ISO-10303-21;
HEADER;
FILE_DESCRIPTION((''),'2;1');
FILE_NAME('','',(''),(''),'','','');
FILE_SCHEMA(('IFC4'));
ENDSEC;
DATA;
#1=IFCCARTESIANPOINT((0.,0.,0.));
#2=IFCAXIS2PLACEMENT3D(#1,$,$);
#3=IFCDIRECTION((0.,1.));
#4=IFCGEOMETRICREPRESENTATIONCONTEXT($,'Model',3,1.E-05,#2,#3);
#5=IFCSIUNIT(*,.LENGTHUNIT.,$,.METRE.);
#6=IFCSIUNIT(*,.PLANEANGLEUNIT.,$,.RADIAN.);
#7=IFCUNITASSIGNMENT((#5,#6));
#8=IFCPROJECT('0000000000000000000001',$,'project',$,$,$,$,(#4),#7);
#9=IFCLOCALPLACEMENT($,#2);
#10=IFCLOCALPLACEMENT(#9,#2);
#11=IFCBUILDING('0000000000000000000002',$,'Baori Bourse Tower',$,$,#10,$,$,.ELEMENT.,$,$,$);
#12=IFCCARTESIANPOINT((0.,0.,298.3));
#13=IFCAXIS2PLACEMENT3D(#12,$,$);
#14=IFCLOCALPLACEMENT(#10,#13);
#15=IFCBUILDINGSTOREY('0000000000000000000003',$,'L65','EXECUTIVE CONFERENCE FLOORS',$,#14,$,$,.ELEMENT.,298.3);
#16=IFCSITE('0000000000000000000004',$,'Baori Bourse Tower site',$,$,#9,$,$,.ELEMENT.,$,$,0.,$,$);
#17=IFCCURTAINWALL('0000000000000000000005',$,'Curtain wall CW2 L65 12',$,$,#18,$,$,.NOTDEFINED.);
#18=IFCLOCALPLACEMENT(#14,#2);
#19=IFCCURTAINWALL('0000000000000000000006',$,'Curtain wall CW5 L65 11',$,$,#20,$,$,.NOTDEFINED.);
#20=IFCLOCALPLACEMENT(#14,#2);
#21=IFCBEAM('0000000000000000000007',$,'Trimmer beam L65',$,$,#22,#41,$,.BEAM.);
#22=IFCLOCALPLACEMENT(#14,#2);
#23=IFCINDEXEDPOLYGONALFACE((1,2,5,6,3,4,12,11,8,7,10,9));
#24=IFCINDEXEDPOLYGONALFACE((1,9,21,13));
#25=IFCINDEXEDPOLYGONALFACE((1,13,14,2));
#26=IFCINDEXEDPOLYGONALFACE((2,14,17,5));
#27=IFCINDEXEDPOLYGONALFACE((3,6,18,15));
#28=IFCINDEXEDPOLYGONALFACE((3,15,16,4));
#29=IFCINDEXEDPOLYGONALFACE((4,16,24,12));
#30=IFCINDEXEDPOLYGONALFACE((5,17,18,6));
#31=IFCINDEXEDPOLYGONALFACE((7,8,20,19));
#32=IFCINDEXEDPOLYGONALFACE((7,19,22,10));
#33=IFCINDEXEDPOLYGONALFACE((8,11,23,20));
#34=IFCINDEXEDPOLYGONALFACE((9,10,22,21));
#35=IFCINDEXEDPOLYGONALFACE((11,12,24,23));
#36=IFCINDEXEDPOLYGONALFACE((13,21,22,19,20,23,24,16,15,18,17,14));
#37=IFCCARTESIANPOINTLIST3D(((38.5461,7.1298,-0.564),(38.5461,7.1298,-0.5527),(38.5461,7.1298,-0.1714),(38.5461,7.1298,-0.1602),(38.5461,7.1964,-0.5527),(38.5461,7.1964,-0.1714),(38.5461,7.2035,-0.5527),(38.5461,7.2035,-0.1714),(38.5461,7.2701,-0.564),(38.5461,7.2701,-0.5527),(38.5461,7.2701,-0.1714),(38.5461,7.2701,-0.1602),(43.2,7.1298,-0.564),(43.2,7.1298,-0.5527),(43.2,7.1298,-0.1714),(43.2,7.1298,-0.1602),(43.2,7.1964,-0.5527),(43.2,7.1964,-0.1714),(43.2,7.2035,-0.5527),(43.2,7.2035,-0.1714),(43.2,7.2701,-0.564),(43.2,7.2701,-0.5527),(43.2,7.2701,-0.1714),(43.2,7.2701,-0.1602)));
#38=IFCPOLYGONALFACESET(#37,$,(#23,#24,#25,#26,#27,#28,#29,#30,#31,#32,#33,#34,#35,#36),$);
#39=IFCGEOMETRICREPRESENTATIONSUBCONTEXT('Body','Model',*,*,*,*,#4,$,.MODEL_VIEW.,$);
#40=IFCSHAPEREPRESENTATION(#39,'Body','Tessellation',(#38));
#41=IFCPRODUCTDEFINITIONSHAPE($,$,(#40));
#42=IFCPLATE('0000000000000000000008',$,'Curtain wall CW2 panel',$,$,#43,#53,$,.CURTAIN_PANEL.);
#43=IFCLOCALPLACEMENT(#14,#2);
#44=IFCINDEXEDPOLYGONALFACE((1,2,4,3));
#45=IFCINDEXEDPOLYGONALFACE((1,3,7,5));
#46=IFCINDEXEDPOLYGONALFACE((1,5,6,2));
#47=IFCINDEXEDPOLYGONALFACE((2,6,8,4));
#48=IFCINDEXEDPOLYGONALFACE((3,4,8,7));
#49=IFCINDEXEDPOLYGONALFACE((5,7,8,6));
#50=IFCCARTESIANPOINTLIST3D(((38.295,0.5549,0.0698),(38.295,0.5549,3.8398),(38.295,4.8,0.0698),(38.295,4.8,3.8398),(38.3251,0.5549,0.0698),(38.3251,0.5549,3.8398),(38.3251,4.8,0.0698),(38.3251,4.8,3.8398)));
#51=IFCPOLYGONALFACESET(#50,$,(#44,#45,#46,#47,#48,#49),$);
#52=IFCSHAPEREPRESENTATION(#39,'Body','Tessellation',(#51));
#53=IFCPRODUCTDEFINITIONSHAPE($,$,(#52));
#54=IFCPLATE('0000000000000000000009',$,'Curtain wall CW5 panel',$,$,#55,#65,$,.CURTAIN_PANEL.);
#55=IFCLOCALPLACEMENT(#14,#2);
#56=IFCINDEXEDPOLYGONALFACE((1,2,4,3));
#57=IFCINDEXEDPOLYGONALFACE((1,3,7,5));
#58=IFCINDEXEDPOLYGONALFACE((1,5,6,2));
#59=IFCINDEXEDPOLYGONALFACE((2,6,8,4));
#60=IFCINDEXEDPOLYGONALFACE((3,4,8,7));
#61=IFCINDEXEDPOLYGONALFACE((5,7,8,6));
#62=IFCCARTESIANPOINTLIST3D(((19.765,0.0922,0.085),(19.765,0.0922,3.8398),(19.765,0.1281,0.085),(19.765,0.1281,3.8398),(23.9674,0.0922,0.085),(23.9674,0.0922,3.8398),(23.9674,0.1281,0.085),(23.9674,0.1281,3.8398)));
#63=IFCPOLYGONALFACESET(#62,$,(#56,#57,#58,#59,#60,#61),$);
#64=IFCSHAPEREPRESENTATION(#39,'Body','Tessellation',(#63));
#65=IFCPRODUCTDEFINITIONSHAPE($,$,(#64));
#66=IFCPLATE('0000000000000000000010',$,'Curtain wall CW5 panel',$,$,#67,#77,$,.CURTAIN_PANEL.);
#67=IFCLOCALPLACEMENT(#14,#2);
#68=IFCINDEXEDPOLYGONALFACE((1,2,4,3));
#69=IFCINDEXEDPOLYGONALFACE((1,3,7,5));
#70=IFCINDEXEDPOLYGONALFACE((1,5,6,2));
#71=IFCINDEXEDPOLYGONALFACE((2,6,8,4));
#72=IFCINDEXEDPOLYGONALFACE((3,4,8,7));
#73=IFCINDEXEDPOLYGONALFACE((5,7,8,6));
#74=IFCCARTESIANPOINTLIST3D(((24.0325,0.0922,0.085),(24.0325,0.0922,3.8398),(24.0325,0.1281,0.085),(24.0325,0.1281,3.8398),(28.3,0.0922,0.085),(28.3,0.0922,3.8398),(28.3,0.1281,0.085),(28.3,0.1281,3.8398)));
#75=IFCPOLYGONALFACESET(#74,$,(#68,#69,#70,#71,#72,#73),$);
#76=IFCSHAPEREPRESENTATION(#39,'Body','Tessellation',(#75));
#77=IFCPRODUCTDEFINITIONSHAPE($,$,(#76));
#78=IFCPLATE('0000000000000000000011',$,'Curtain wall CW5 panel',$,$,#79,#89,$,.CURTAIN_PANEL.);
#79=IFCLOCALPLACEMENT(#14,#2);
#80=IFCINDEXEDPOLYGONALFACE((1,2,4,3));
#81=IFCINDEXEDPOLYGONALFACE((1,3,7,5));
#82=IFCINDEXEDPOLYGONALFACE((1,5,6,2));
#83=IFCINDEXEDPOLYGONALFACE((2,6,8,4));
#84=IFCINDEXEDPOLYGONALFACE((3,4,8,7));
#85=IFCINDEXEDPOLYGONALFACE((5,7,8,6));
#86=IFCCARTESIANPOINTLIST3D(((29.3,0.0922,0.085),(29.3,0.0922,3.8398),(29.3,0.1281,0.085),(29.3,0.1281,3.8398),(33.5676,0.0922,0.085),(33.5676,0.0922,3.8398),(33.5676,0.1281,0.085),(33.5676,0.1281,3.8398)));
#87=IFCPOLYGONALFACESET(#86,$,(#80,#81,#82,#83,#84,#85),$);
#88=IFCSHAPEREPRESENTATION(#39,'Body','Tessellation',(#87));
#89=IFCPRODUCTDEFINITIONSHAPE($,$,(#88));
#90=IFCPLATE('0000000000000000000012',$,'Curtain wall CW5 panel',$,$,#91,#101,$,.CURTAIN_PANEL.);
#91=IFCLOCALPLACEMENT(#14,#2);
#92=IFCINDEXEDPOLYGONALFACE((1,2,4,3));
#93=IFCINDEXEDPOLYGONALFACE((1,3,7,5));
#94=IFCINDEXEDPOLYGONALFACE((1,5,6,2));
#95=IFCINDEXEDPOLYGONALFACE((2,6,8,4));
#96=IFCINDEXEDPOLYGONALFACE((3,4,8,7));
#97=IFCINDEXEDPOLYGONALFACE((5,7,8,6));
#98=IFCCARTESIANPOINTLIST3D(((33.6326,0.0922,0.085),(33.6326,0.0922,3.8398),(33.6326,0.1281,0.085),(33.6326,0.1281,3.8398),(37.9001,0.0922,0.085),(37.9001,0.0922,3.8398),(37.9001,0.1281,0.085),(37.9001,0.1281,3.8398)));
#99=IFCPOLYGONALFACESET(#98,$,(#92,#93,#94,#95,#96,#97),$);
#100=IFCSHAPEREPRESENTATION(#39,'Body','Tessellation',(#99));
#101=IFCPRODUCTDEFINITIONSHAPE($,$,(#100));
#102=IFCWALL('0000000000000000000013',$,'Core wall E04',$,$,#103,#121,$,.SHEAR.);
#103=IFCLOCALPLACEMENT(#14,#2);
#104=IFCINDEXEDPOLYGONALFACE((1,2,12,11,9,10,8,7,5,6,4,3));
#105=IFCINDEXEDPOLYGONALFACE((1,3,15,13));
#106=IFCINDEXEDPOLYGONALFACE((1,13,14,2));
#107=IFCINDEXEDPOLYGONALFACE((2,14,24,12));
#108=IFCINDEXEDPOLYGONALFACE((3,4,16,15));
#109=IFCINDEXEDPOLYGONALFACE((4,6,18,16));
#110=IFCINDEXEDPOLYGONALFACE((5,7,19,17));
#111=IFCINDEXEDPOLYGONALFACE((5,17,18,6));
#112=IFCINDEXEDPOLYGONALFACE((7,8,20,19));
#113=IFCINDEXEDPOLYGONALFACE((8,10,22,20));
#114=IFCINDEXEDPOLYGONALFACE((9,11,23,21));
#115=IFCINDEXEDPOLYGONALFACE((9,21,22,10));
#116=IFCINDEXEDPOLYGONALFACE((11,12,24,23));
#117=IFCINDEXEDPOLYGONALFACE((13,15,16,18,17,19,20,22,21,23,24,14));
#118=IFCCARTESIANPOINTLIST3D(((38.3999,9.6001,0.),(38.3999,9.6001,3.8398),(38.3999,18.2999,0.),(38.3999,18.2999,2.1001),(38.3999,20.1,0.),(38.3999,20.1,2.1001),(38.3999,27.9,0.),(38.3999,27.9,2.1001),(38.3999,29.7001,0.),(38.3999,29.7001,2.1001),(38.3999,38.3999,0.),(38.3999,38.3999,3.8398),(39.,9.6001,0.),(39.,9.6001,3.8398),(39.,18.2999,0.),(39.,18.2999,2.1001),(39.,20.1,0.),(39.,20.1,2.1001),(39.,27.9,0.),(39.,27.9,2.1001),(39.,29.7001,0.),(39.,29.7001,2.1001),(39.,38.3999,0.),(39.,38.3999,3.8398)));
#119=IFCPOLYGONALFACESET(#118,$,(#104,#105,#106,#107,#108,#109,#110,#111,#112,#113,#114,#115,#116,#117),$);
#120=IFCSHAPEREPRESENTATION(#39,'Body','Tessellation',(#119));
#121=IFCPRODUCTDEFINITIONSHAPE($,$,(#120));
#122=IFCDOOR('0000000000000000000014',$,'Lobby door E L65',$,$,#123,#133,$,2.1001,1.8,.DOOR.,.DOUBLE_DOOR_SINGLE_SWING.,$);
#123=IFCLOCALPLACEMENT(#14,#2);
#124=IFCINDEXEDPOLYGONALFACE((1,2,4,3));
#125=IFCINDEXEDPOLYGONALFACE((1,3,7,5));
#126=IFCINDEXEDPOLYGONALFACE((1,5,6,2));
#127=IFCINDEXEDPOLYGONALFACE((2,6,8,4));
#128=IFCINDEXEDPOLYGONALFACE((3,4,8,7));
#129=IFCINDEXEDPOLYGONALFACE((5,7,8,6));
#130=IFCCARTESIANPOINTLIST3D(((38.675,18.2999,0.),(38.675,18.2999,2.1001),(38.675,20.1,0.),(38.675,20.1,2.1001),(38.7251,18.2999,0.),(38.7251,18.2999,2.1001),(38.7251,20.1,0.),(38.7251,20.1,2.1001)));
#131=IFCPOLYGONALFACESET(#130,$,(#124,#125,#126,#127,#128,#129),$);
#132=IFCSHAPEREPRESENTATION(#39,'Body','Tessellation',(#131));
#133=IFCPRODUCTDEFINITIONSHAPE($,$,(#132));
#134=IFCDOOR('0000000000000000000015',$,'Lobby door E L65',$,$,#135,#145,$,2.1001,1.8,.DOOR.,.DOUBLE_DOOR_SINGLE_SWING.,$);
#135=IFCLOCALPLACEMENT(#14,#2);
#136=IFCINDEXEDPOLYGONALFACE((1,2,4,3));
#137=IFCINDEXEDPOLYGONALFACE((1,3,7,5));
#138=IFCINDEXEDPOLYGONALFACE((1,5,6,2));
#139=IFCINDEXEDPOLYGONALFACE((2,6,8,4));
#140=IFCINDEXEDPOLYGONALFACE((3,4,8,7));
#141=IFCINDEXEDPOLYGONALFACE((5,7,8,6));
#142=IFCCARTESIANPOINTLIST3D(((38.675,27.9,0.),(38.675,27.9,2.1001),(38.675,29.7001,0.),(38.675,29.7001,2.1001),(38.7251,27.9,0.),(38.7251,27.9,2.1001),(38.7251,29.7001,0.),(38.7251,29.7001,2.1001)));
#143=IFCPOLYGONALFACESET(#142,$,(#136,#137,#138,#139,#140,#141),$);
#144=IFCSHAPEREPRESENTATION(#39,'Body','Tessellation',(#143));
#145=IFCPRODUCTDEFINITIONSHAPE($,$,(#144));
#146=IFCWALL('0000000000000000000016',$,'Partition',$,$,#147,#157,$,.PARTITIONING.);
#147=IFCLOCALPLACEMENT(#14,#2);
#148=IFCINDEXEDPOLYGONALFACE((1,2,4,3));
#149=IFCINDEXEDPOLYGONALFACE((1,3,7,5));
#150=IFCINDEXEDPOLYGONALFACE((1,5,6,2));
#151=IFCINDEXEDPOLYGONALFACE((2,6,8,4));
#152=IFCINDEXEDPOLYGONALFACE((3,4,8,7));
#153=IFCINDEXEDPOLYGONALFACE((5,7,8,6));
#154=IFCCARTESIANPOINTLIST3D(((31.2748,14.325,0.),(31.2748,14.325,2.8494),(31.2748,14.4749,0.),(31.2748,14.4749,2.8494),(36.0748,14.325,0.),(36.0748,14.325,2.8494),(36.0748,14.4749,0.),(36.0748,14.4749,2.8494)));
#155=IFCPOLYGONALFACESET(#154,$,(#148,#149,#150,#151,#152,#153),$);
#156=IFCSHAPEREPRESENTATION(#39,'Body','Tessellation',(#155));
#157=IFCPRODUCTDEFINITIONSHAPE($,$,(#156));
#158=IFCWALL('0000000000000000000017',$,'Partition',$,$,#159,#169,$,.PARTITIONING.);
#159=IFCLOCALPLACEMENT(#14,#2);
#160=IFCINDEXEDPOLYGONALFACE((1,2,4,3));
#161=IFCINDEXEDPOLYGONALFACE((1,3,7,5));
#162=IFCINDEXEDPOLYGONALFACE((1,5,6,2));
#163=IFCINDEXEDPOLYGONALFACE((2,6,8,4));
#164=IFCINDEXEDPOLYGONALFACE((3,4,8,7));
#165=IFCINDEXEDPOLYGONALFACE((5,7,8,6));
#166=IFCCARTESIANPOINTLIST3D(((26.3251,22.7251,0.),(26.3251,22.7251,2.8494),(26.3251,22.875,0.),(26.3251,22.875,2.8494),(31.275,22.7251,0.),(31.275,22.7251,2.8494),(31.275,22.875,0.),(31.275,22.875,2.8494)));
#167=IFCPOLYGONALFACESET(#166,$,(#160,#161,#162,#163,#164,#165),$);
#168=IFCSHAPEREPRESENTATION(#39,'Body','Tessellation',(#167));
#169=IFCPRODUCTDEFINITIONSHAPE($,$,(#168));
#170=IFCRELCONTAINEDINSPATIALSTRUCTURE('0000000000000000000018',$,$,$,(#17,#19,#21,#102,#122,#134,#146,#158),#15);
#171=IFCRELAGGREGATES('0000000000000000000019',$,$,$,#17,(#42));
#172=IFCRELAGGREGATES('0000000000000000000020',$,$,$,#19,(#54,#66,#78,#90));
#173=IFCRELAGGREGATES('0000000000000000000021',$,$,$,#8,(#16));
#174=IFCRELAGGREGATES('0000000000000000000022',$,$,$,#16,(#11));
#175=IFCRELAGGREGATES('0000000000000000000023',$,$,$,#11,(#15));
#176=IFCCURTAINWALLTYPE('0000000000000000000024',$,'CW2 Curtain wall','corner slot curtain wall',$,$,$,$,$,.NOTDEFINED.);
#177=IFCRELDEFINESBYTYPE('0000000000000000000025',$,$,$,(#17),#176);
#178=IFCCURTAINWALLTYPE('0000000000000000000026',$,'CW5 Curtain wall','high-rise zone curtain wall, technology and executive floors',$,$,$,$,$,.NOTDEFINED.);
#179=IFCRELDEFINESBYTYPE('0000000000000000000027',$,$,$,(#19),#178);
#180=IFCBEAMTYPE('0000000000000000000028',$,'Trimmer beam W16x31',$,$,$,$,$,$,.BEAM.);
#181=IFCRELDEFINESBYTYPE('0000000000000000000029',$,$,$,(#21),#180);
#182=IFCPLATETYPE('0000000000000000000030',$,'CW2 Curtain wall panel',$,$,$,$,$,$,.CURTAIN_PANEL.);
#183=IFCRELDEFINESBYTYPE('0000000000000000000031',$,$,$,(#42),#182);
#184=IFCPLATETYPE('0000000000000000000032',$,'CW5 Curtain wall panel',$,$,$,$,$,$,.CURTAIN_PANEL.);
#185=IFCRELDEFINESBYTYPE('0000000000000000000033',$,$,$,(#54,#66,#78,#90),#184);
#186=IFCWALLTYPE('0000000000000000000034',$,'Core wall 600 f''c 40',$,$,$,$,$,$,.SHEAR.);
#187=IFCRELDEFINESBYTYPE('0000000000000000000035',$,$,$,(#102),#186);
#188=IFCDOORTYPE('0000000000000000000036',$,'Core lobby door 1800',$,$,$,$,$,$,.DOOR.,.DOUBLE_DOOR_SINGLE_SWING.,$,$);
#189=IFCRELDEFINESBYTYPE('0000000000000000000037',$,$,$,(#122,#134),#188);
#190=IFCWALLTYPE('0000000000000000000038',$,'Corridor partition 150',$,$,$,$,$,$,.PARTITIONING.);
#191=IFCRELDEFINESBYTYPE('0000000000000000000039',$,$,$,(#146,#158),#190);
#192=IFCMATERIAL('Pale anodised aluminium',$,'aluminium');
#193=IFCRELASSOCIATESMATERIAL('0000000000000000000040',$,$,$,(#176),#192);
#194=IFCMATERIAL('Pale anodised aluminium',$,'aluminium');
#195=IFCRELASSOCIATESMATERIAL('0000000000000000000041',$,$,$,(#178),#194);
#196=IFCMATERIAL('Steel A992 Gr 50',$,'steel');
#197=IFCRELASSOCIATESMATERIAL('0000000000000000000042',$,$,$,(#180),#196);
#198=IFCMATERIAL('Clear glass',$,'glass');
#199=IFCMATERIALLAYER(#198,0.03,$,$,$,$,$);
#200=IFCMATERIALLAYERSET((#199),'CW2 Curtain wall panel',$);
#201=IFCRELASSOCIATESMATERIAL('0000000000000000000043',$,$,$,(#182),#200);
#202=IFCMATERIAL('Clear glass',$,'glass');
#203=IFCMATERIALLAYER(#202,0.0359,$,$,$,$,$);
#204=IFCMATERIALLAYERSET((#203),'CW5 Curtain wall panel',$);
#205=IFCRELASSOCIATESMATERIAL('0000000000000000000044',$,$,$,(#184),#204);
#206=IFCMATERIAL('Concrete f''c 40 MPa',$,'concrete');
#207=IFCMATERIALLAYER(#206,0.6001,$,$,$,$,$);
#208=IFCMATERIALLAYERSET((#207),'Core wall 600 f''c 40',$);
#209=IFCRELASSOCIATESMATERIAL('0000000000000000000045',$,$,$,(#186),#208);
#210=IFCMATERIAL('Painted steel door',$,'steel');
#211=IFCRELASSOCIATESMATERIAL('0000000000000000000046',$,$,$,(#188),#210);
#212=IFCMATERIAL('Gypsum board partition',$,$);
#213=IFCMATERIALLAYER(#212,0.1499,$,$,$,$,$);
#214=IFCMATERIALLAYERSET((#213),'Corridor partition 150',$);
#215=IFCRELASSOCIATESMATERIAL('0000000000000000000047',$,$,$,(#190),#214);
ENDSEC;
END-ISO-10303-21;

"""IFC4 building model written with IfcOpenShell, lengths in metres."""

from ifc_helpers import new_model, si_unit, direction, frame, frame_2d, origin, origin_2d, place, context, subcontext, project, spatial, rectangle, i_section, extrude, material, layer, layer_set, material_profile, profile_set, type_object, element, fill, aggregate, save


model = new_model("IFC4")

# Units and contexts
model_context = context("Model", 3, precision=1e-05, world=origin(), true_north=direction((0.0, 1.0)))
body_context = subcontext(model_context, "Body", "Model", "MODEL_VIEW")
ifc_project = project(units=[si_unit("LENGTHUNIT", "METRE"), si_unit("PLANEANGLEUNIT", "RADIAN")], contexts=[model_context])

# Site, building, storey
site_placement = place(None, origin())
site = spatial("IfcSite", under=ifc_project, at=site_placement, Name="Baori Bourse Tower site", CompositionType="ELEMENT", RefElevation=0.0)
building_placement = place(site_placement, origin())
building = spatial("IfcBuilding", under=site, at=building_placement, Name="Baori Bourse Tower", CompositionType="ELEMENT")
storey_placement = place(building_placement, frame((0.0, 0.0, 298.3)))
storey = spatial("IfcBuildingStorey", under=building, at=storey_placement, Name="L65", Description="EXECUTIVE CONFERENCE FLOORS", CompositionType="ELEMENT", Elevation=298.3)

# Curtain wall
ifc_material_1 = material(Name="Pale anodised aluminium", Category="aluminium")
curtain_wall_type_1 = type_object("IfcCurtainWallType", Name="CW2 Curtain wall", Description="corner slot curtain wall", PredefinedType="NOTDEFINED", material=ifc_material_1)
curtain_wall_1_placement = place(storey_placement, origin())
curtain_wall_1 = element("IfcCurtainWall", 1, at=curtain_wall_1_placement, inside=storey, type_object=curtain_wall_type_1, Name="Curtain wall CW2 L65 12", PredefinedType="NOTDEFINED")

# Curtain wall
ifc_material_2 = material(Name="Pale anodised aluminium", Category="aluminium")
curtain_wall_type_2 = type_object("IfcCurtainWallType", Name="CW5 Curtain wall", Description="high-rise zone curtain wall, technology and executive floors", PredefinedType="NOTDEFINED", material=ifc_material_2)
curtain_wall_2_placement = place(storey_placement, origin())
curtain_wall_2 = element("IfcCurtainWall", 2, at=curtain_wall_2_placement, inside=storey, type_object=curtain_wall_type_2, Name="Curtain wall CW5 L65 11", PredefinedType="NOTDEFINED")

# Beam
ifc_material_3 = material(Name="Steel A992 Gr 50", Category="steel")
ifc_material_profile_1 = material_profile(ifc_material_3, i_section(OverallWidth=0.1404, OverallDepth=0.4038, WebThickness=0.0071, FlangeThickness=0.0112, at=origin_2d()), Name="W16x31")
ifc_profile_set_1 = profile_set([ifc_material_profile_1], Name="Steel A992 Gr 50")
beam_type_1 = type_object("IfcBeamType", Name="Trimmer beam W16x31", PredefinedType="BEAM", material=ifc_profile_set_1)
beam_1_placement = place(storey_placement, frame((38.5461, 7.2, -0.3621), z_axis=(1.0, 0.0, 0.0), x_axis=(0.0, 1.0, 0.0)))
element("IfcBeam", 3, at=beam_1_placement, inside=storey, type_object=beam_type_1, Name="Trimmer beam L65", PredefinedType="BEAM", context=body_context, shape_type="SweptSolid", body=[
    extrude(i_section(OverallWidth=0.1404, OverallDepth=0.4038, WebThickness=0.0071, FlangeThickness=0.0112, at=origin_2d()), origin(), (0.0, 0.0, 1.0), 4.6538),
])

# Plates
ifc_material_4 = material(Name="Clear glass", Category="glass")
ifc_layer_1 = layer(ifc_material_4, 0.03)
ifc_layer_set_1 = layer_set([ifc_layer_1], Name="CW2 Curtain wall panel")
plate_type_1 = type_object("IfcPlateType", Name="CW2 Curtain wall panel", PredefinedType="CURTAIN_PANEL", material=ifc_layer_set_1)
plate_1_placement = place(storey_placement, frame((38.3101, 2.6775, 0.0698), z_axis=(0.0, 0.0, 1.0), x_axis=(0.0, 1.0, 0.0)))
plate_1 = element("IfcPlate", 4, at=plate_1_placement, type_object=plate_type_1, Name="Curtain wall CW2 panel", PredefinedType="CURTAIN_PANEL", context=body_context, shape_type="SweptSolid", body=[
    extrude(rectangle(XDim=4.2451, YDim=0.03, at=origin_2d()), origin(), (0.0, 0.0, 1.0), 3.77),
])
aggregate(curtain_wall_1, [plate_1])
ifc_material_5 = material(Name="Clear glass", Category="glass")
ifc_layer_2 = layer(ifc_material_5, 0.0359)
ifc_layer_set_2 = layer_set([ifc_layer_2], Name="CW5 Curtain wall panel")
plate_type_2 = type_object("IfcPlateType", Name="CW5 Curtain wall panel", PredefinedType="CURTAIN_PANEL", material=ifc_layer_set_2)
plate_2_placement = place(storey_placement, frame((21.8662, 0.1101, 0.085), z_axis=(0.0, 0.0, 1.0), x_axis=(1.0, 0.0, 0.0)))
plate_2 = element("IfcPlate", 5, at=plate_2_placement, type_object=plate_type_2, Name="Curtain wall CW5 panel", PredefinedType="CURTAIN_PANEL", context=body_context, shape_type="SweptSolid", body=[
    extrude(rectangle(XDim=4.2024, YDim=0.0359, at=origin_2d()), origin(), (0.0, 0.0, 1.0), 3.7549),
])
plate_3_placement = place(storey_placement, frame((26.1663, 0.1101, 0.085), z_axis=(0.0, 0.0, 1.0), x_axis=(1.0, 0.0, 0.0)))
plate_3 = element("IfcPlate", 6, at=plate_3_placement, type_object=plate_type_2, Name="Curtain wall CW5 panel", PredefinedType="CURTAIN_PANEL", context=body_context, shape_type="SweptSolid", body=[
    extrude(rectangle(XDim=4.2676, YDim=0.0359, at=origin_2d()), origin(), (0.0, 0.0, 1.0), 3.7549),
])
plate_4_placement = place(storey_placement, frame((31.4338, 0.1101, 0.085), z_axis=(0.0, 0.0, 1.0), x_axis=(1.0, 0.0, 0.0)))
plate_4 = element("IfcPlate", 7, at=plate_4_placement, type_object=plate_type_2, Name="Curtain wall CW5 panel", PredefinedType="CURTAIN_PANEL", context=body_context, shape_type="SweptSolid", body=[
    extrude(rectangle(XDim=4.2676, YDim=0.0359, at=origin_2d()), origin(), (0.0, 0.0, 1.0), 3.7549),
])
plate_5_placement = place(storey_placement, frame((35.7664, 0.1101, 0.085), z_axis=(0.0, 0.0, 1.0), x_axis=(1.0, 0.0, 0.0)))
plate_5 = element("IfcPlate", 8, at=plate_5_placement, type_object=plate_type_2, Name="Curtain wall CW5 panel", PredefinedType="CURTAIN_PANEL", context=body_context, shape_type="SweptSolid", body=[
    extrude(rectangle(XDim=4.2676, YDim=0.0359, at=origin_2d()), origin(), (0.0, 0.0, 1.0), 3.7549),
])
aggregate(curtain_wall_2, [plate_2, plate_3, plate_4, plate_5])

# Wall, openings, doors
ifc_material_6 = material(Name="Concrete f'c 40 MPa", Category="concrete")
ifc_layer_3 = layer(ifc_material_6, 0.6001)
ifc_layer_set_3 = layer_set([ifc_layer_3], Name="Core wall 600 f'c 40")
wall_type_1 = type_object("IfcWallType", Name="Core wall 600 f'c 40", PredefinedType="SHEAR", material=ifc_layer_set_3)
wall_1_placement = place(storey_placement, frame((38.7, 9.6001, 0.0), z_axis=(0.0, 0.0, 1.0), x_axis=(0.0, 1.0, 0.0)))
wall_1 = element("IfcWall", 9, at=wall_1_placement, inside=storey, type_object=wall_type_1, Name="Core wall E04", PredefinedType="SHEAR", context=body_context, shape_type="SweptSolid", body=[
    extrude(rectangle(XDim=28.7998, YDim=0.6001, at=frame_2d((14.3999, 0.0))), origin(), (0.0, 0.0, 1.0), 3.8398),
])
opening_1_placement = place(wall_1_placement, frame((8.7, 0.0, 0.0)))
opening_1 = element("IfcOpeningElement", 10, at=opening_1_placement, cuts=wall_1, PredefinedType="OPENING", context=body_context, shape_type="SweptSolid", body=[
    extrude(rectangle(XDim=1.8, YDim=2.1001, at=frame_2d((0.8999, 1.05))), frame((0.0, 0.3101, 0.0), z_axis=(0.0, -1.0, 0.0), x_axis=(1.0, 0.0, 0.0)), (0.0, 0.0, 1.0), 0.6201),
])
opening_2_placement = place(wall_1_placement, frame((18.3, 0.0, 0.0)))
opening_2 = element("IfcOpeningElement", 11, at=opening_2_placement, cuts=wall_1, PredefinedType="OPENING", context=body_context, shape_type="SweptSolid", body=[
    extrude(rectangle(XDim=1.8, YDim=2.1001, at=frame_2d((0.8999, 1.05))), frame((0.0, 0.3101, 0.0), z_axis=(0.0, -1.0, 0.0), x_axis=(1.0, 0.0, 0.0)), (0.0, 0.0, 1.0), 0.6201),
])
ifc_material_7 = material(Name="Painted steel door", Category="steel")
door_type_1 = type_object("IfcDoorType", Name="Core lobby door 1800", OperationType="DOUBLE_DOOR_SINGLE_SWING", PredefinedType="DOOR", material=ifc_material_7)
door_1_placement = place(opening_1_placement, origin())
door_1 = element("IfcDoor", 12, at=door_1_placement, inside=storey, type_object=door_type_1, Name="Lobby door E L65", OperationType="DOUBLE_DOOR_SINGLE_SWING", OverallHeight=2.1001, OverallWidth=1.8, PredefinedType="DOOR", context=body_context, shape_type="SweptSolid", body=[
    extrude(rectangle(XDim=1.8, YDim=2.1001, at=frame_2d((0.8999, 1.05))), frame((0.0, 0.0249, 0.0), z_axis=(0.0, -1.0, 0.0), x_axis=(1.0, 0.0, 0.0)), (0.0, 0.0, 1.0), 0.05),
])
fill(opening_1, door_1)
door_2_placement = place(opening_2_placement, origin())
door_2 = element("IfcDoor", 13, at=door_2_placement, inside=storey, type_object=door_type_1, Name="Lobby door E L65", OperationType="DOUBLE_DOOR_SINGLE_SWING", OverallHeight=2.1001, OverallWidth=1.8, PredefinedType="DOOR", context=body_context, shape_type="SweptSolid", body=[
    extrude(rectangle(XDim=1.8, YDim=2.1001, at=frame_2d((0.8999, 1.05))), frame((0.0, 0.0249, 0.0), z_axis=(0.0, -1.0, 0.0), x_axis=(1.0, 0.0, 0.0)), (0.0, 0.0, 1.0), 0.05),
])
fill(opening_2, door_2)

# Walls
ifc_material_8 = material(Name="Gypsum board partition")
ifc_layer_4 = layer(ifc_material_8, 0.1499)
ifc_layer_set_4 = layer_set([ifc_layer_4], Name="Corridor partition 150")
wall_type_2 = type_object("IfcWallType", Name="Corridor partition 150", PredefinedType="PARTITIONING", material=ifc_layer_set_4)
wall_2_placement = place(storey_placement, frame((31.2749, 14.3999, 0.0), z_axis=(0.0, 0.0, 1.0), x_axis=(1.0, 0.0, 0.0)))
element("IfcWall", 14, at=wall_2_placement, inside=storey, type_object=wall_type_2, Name="Partition", PredefinedType="PARTITIONING", context=body_context, shape_type="SweptSolid", body=[
    extrude(rectangle(XDim=4.8, YDim=0.1499, at=frame_2d((2.3999, 0.0))), origin(), (0.0, 0.0, 1.0), 2.8494),
])
wall_3_placement = place(storey_placement, frame((26.325, 22.8, 0.0), z_axis=(0.0, 0.0, 1.0), x_axis=(1.0, 0.0, 0.0)))
element("IfcWall", 15, at=wall_3_placement, inside=storey, type_object=wall_type_2, Name="Partition", PredefinedType="PARTITIONING", context=body_context, shape_type="SweptSolid", body=[
    extrude(rectangle(XDim=4.95, YDim=0.1499, at=frame_2d((2.4751, 0.0))), origin(), (0.0, 0.0, 1.0), 2.8494),
])

save(model, "model.ifc")
